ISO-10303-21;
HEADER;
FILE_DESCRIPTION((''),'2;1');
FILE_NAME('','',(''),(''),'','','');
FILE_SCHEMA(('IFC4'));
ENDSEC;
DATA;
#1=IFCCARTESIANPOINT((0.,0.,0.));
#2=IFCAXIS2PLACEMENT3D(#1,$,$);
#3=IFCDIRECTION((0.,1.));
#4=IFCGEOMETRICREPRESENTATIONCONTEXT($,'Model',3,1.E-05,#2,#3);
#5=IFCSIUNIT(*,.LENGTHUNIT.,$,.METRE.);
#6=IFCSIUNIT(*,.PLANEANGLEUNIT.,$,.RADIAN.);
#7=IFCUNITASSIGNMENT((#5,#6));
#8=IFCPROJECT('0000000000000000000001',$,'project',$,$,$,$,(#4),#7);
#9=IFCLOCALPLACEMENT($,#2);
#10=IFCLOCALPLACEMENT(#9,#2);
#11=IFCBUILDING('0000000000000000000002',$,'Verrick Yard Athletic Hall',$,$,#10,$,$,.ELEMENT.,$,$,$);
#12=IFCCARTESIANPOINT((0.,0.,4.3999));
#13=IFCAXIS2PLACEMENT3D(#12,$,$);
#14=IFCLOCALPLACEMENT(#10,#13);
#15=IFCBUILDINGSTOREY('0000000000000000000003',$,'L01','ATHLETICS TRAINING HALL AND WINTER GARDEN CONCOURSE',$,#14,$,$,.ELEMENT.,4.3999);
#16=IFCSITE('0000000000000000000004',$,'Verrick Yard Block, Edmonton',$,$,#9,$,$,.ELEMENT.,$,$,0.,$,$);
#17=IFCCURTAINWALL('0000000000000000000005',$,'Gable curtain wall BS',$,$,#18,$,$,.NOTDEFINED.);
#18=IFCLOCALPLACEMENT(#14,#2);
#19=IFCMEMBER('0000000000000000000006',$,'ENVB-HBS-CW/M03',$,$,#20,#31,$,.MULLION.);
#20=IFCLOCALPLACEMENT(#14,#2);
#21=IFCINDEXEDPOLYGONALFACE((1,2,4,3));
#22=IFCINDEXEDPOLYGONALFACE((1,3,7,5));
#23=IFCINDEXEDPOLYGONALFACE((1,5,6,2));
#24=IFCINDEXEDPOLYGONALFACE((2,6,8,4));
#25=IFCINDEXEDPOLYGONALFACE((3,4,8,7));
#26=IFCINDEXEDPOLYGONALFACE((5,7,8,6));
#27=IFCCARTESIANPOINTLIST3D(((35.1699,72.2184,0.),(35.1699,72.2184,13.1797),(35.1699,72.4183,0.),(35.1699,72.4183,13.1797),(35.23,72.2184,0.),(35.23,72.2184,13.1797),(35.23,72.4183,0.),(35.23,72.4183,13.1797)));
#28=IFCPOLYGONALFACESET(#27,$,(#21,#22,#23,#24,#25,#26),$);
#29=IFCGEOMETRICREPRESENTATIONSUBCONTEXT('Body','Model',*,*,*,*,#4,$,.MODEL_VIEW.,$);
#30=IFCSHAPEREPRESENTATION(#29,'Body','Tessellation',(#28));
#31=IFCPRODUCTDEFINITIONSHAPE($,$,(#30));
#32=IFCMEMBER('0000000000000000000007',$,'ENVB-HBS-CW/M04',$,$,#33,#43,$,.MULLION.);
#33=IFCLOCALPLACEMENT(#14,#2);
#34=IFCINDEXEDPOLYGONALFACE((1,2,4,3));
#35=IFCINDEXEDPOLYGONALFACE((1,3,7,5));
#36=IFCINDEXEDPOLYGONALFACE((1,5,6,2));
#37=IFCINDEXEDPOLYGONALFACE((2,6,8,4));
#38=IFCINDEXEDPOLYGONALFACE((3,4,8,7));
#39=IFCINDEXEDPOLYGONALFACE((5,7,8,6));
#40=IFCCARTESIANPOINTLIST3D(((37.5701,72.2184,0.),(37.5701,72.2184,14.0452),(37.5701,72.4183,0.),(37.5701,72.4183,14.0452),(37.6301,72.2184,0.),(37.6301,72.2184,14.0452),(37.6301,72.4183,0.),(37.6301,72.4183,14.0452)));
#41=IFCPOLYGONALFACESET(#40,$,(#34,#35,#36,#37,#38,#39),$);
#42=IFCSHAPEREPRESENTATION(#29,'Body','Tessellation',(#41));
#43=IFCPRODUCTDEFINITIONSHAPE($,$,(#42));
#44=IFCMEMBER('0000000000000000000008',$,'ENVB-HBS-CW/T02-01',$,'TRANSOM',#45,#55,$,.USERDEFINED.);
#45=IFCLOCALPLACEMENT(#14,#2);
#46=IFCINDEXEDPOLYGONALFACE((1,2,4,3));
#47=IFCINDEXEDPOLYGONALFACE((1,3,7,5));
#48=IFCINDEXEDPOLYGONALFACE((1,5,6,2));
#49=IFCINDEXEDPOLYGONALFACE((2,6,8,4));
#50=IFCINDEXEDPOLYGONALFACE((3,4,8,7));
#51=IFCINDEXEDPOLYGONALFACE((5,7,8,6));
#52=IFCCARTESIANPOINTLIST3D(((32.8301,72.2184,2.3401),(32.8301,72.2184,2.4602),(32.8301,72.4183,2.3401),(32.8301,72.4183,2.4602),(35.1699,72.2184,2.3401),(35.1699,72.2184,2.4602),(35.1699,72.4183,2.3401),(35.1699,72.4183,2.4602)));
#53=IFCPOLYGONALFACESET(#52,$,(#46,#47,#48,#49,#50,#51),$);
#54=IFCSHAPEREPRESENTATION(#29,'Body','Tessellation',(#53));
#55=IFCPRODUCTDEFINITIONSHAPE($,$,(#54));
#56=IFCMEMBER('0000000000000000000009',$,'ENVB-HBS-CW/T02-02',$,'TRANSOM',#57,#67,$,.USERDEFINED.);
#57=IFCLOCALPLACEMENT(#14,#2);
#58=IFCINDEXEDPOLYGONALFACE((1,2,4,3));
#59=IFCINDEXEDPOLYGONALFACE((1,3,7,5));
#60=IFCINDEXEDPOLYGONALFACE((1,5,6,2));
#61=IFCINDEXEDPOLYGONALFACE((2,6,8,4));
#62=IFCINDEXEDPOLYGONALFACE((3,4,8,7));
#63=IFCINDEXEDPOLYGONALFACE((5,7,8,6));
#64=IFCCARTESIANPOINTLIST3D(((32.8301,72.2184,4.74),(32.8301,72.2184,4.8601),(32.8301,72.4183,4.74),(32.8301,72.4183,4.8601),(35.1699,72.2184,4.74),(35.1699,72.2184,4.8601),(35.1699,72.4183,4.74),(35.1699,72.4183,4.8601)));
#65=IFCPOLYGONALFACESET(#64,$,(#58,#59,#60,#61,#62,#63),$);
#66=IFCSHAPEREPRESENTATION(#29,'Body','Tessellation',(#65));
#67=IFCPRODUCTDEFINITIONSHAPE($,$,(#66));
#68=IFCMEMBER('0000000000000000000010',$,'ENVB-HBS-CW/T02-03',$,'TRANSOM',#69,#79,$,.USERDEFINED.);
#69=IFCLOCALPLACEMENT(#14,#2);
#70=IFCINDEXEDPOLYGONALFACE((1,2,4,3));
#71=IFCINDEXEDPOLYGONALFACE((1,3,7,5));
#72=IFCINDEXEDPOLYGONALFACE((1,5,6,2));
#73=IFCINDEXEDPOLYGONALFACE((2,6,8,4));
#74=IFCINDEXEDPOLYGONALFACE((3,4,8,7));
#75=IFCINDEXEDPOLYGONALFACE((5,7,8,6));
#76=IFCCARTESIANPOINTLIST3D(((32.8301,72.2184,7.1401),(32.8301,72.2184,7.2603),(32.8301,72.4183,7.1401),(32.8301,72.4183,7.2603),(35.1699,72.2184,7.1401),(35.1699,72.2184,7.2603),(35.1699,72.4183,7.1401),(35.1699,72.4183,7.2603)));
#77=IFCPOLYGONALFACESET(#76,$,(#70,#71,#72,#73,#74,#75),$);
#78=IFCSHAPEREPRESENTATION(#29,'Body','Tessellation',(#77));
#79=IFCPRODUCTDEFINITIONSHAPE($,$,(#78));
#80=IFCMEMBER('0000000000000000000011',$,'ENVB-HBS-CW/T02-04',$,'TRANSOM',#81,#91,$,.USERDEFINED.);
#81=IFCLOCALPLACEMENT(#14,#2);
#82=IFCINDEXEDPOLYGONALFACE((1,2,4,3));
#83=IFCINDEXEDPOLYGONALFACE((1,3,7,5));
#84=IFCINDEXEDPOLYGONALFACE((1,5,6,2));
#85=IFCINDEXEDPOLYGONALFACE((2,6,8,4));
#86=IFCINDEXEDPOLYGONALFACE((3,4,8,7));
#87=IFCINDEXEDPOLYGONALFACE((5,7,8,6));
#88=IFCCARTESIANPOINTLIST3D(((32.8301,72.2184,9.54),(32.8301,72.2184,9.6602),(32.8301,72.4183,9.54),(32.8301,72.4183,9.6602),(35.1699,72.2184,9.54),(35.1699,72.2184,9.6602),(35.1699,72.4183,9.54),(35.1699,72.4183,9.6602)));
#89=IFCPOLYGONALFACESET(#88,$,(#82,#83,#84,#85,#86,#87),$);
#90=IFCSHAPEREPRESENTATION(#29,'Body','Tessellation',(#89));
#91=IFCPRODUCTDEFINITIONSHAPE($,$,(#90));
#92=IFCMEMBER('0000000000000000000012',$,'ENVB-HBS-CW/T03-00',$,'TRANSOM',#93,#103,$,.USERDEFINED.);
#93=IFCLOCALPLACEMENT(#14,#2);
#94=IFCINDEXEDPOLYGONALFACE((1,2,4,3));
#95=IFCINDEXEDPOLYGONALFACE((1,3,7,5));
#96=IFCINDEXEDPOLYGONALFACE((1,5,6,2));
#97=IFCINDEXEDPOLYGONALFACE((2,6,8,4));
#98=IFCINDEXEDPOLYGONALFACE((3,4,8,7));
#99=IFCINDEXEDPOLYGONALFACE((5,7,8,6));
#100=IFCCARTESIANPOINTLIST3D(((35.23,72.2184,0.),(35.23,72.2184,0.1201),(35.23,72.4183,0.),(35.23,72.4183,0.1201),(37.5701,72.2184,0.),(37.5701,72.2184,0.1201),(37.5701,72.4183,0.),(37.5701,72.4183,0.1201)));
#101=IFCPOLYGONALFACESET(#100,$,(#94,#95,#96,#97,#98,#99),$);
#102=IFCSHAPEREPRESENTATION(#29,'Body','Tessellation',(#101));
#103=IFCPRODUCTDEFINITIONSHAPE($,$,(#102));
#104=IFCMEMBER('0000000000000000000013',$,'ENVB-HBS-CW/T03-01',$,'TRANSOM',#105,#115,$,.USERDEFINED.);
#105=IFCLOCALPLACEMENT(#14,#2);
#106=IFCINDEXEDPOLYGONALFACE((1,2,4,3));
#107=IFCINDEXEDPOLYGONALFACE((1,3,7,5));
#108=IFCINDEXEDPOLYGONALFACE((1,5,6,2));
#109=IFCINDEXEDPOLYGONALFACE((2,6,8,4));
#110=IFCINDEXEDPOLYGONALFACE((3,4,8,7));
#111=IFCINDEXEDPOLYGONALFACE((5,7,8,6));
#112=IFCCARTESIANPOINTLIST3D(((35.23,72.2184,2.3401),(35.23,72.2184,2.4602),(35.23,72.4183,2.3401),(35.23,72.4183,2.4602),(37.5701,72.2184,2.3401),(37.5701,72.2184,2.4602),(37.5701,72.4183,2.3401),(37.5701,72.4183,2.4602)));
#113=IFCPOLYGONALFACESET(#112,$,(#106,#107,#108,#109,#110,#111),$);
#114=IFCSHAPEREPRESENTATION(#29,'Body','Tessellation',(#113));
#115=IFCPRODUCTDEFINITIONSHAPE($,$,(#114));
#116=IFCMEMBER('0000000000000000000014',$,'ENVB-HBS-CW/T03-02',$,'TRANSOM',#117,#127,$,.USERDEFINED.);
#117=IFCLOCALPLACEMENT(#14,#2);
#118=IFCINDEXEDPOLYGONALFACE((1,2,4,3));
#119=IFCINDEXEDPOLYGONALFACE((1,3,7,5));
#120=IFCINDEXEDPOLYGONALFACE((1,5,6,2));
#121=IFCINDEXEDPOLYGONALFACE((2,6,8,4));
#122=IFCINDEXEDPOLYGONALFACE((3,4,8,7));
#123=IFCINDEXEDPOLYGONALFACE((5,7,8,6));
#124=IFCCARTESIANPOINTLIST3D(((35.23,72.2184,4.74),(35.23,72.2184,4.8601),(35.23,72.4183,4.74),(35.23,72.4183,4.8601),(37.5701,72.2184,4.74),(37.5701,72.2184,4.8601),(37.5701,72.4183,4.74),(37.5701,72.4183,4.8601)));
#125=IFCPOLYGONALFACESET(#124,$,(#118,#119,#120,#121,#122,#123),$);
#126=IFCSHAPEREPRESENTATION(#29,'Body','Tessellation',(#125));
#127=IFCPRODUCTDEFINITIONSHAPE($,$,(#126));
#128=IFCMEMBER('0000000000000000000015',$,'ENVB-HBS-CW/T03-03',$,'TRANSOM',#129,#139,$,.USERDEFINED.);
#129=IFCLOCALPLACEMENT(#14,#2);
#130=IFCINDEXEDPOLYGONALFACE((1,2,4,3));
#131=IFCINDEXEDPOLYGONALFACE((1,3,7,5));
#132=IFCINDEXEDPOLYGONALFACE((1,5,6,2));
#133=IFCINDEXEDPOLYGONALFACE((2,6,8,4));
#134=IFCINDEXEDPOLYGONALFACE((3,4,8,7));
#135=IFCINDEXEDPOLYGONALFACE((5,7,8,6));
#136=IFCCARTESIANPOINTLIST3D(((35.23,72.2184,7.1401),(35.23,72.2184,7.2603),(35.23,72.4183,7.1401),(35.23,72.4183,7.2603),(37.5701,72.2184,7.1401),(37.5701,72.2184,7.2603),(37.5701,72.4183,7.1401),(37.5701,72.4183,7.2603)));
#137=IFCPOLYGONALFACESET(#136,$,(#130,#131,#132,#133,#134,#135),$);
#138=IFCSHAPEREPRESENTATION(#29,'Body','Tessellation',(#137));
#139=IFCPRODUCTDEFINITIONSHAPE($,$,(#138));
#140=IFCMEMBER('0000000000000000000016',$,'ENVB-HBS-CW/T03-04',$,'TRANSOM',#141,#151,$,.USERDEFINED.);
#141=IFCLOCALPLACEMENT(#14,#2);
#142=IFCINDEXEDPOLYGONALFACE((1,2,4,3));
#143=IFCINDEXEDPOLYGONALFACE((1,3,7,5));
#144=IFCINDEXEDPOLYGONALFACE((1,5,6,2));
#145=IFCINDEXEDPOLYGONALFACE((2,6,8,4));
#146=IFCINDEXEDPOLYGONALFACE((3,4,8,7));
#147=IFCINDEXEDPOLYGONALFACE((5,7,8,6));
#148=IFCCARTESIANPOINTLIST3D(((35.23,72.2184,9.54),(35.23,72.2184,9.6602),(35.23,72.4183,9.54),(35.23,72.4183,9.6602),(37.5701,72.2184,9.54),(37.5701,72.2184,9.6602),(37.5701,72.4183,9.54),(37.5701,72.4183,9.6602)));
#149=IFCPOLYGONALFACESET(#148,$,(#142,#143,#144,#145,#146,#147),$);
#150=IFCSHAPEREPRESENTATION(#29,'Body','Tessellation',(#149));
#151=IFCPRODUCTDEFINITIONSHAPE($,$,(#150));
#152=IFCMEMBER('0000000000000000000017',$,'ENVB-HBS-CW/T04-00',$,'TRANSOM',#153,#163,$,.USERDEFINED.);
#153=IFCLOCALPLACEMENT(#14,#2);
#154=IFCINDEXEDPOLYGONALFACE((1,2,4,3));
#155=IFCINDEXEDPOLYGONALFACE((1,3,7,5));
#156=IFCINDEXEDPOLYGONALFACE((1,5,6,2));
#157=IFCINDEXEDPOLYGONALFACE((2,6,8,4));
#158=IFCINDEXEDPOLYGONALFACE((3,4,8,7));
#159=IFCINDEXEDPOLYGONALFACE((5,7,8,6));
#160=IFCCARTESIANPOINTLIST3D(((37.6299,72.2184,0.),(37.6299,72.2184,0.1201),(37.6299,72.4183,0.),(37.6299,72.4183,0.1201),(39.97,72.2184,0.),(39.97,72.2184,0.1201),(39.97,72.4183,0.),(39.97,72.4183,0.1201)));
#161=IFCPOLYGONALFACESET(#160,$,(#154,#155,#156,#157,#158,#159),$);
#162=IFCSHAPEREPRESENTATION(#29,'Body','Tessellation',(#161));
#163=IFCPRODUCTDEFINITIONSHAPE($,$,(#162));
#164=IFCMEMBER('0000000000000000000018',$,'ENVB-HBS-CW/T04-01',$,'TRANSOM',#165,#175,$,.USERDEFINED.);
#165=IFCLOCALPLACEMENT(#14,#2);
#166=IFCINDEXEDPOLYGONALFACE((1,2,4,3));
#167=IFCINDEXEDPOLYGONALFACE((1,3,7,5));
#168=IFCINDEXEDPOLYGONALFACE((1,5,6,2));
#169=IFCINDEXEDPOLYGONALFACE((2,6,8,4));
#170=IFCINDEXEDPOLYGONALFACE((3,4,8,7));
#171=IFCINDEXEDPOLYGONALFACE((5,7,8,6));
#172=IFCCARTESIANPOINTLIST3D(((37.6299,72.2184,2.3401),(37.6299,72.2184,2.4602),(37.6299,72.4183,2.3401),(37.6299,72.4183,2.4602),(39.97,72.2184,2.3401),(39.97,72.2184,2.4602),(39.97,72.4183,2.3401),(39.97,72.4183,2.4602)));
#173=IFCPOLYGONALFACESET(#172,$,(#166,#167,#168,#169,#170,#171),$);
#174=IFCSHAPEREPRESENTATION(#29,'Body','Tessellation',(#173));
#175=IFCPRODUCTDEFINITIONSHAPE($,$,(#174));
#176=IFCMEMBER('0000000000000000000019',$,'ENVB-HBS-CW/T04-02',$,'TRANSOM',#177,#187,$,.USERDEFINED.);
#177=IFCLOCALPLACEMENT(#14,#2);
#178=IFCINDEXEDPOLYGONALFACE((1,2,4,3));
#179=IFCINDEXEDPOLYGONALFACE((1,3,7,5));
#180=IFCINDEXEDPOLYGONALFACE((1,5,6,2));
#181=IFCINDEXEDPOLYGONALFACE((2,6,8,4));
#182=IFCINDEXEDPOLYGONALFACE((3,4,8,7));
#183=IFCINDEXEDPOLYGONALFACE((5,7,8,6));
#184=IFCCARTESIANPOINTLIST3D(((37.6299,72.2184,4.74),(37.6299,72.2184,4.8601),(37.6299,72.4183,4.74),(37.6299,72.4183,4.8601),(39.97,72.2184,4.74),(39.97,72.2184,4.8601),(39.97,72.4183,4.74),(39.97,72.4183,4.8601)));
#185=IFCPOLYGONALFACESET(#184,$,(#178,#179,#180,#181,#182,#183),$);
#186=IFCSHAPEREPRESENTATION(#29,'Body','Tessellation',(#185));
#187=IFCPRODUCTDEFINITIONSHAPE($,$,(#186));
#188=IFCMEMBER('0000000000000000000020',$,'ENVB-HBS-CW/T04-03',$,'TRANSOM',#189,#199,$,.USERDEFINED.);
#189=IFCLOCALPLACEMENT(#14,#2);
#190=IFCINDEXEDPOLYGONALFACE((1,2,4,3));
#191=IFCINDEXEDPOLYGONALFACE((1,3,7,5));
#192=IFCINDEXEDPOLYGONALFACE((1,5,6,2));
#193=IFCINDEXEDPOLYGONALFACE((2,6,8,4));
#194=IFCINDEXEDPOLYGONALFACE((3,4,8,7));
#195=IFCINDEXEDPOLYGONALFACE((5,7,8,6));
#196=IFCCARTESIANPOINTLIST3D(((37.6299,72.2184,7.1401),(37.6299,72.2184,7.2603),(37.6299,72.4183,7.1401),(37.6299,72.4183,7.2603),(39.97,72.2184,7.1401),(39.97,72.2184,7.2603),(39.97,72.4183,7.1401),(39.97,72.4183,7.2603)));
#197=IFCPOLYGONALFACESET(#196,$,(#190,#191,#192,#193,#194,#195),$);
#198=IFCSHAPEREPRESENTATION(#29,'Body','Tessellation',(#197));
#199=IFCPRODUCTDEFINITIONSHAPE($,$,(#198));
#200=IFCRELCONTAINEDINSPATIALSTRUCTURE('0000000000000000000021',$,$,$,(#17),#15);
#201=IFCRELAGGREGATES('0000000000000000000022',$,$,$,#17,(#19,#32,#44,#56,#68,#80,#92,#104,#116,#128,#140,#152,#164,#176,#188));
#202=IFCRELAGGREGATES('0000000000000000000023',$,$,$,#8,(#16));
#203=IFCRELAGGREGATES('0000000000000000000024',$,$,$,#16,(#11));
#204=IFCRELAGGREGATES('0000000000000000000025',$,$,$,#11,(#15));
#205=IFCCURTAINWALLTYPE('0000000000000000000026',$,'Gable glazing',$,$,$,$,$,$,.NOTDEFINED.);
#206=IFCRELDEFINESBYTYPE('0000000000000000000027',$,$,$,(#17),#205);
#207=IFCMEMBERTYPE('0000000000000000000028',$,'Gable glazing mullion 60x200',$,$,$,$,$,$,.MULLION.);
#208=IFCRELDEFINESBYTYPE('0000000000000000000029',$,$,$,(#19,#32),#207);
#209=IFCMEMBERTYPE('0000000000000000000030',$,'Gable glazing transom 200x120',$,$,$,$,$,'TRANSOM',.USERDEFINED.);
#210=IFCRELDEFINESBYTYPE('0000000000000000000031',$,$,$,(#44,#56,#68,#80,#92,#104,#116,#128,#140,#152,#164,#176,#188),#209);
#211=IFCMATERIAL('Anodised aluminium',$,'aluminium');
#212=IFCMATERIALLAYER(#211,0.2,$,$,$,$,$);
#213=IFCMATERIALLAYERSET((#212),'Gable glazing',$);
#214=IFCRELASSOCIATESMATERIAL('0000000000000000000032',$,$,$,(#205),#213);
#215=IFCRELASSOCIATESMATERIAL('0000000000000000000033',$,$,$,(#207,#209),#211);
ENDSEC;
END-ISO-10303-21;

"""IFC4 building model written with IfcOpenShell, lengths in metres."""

from ifc_helpers import new_model, si_unit, direction, frame, origin, origin_2d, place, context, subcontext, project, spatial, rectangle, extrude, material, layer, layer_set, material_profile, profile_set, type_object, element, aggregate, save


model = new_model("IFC4")

# Units and contexts
model_context = context("Model", 3, precision=1e-05, world=origin(), true_north=direction((0.0, 1.0)))
body_context = subcontext(model_context, "Body", "Model", "MODEL_VIEW")
ifc_project = project(units=[si_unit("LENGTHUNIT", "METRE"), si_unit("PLANEANGLEUNIT", "RADIAN")], contexts=[model_context])

# Site, building, storey
site_placement = place(None, origin())
site = spatial("IfcSite", under=ifc_project, at=site_placement, Name="Verrick Yard Block, Edmonton", CompositionType="ELEMENT", RefElevation=0.0)
building_placement = place(site_placement, origin())
building = spatial("IfcBuilding", under=site, at=building_placement, Name="Verrick Yard Athletic Hall", CompositionType="ELEMENT")
storey_placement = place(building_placement, frame((0.0, 0.0, 4.3999)))
storey = spatial("IfcBuildingStorey", under=building, at=storey_placement, Name="L01", Description="ATHLETICS TRAINING HALL AND WINTER GARDEN CONCOURSE", CompositionType="ELEMENT", Elevation=4.3999)

# Curtain wall, members
ifc_material_1 = material(Name="Anodised aluminium", Category="aluminium")
ifc_layer_1 = layer(ifc_material_1, 0.2)
ifc_layer_set_1 = layer_set([ifc_layer_1], Name="Gable glazing")
curtain_wall_type = type_object("IfcCurtainWallType", Name="Gable glazing", PredefinedType="NOTDEFINED", material=ifc_layer_set_1)
curtain_wall_placement = place(storey_placement, origin())
curtain_wall = element("IfcCurtainWall", 1, at=curtain_wall_placement, inside=storey, type_object=curtain_wall_type, Name="Gable curtain wall BS", PredefinedType="NOTDEFINED")
ifc_material_profile_1 = material_profile(ifc_material_1, rectangle(XDim=0.2, YDim=0.0601, at=origin_2d()), Name="CW gable mullion 60x200")
ifc_profile_set_1 = profile_set([ifc_material_profile_1], Name="Anodised aluminium")
member_type_1 = type_object("IfcMemberType", Name="Gable glazing mullion 60x200", PredefinedType="MULLION", material=ifc_profile_set_1)
member_1_placement = place(storey_placement, frame((35.2, 72.3184, 0.0), z_axis=(0.0, 0.0, 1.0), x_axis=(0.0, 1.0, 0.0)))
member_1 = element("IfcMember", 2, at=member_1_placement, type_object=member_type_1, Name="ENVB-HBS-CW/M03", PredefinedType="MULLION", context=body_context, shape_type="SweptSolid", body=[
    extrude(rectangle(XDim=0.2, YDim=0.0601, at=origin_2d()), origin(), (0.0, 0.0, 1.0), 13.1797),
])
member_2_placement = place(storey_placement, frame((37.6001, 72.3184, 0.0), z_axis=(0.0, 0.0, 1.0), x_axis=(0.0, 1.0, 0.0)))
member_2 = element("IfcMember", 3, at=member_2_placement, type_object=member_type_1, Name="ENVB-HBS-CW/M04", PredefinedType="MULLION", context=body_context, shape_type="SweptSolid", body=[
    extrude(rectangle(XDim=0.2, YDim=0.0601, at=origin_2d()), origin(), (0.0, 0.0, 1.0), 14.0452),
])
ifc_material_profile_2 = material_profile(ifc_material_1, rectangle(XDim=0.2, YDim=0.1201, at=origin_2d()), Name="CW gable transom 200x120")
ifc_profile_set_2 = profile_set([ifc_material_profile_2], Name="Anodised aluminium")
member_type_2 = type_object("IfcMemberType", Name="Gable glazing transom 200x120", ElementType="TRANSOM", PredefinedType="USERDEFINED", material=ifc_profile_set_2)
member_3_placement = place(storey_placement, frame((32.8301, 72.3184, 2.4001), z_axis=(1.0, 0.0, 0.0), x_axis=(0.0, 1.0, 0.0)))
member_3 = element("IfcMember", 4, at=member_3_placement, type_object=member_type_2, Name="ENVB-HBS-CW/T02-01", ObjectType="TRANSOM", PredefinedType="USERDEFINED", context=body_context, shape_type="SweptSolid", body=[
    extrude(rectangle(XDim=0.2, YDim=0.1201, at=origin_2d()), origin(), (0.0, 0.0, 1.0), 2.3398),
])
member_4_placement = place(storey_placement, frame((32.8301, 72.3184, 4.8), z_axis=(1.0, 0.0, 0.0), x_axis=(0.0, 1.0, 0.0)))
member_4 = element("IfcMember", 5, at=member_4_placement, type_object=member_type_2, Name="ENVB-HBS-CW/T02-02", ObjectType="TRANSOM", PredefinedType="USERDEFINED", context=body_context, shape_type="SweptSolid", body=[
    extrude(rectangle(XDim=0.2, YDim=0.1201, at=origin_2d()), origin(), (0.0, 0.0, 1.0), 2.3398),
])
member_5_placement = place(storey_placement, frame((32.8301, 72.3184, 7.2002), z_axis=(1.0, 0.0, 0.0), x_axis=(0.0, 1.0, 0.0)))
member_5 = element("IfcMember", 6, at=member_5_placement, type_object=member_type_2, Name="ENVB-HBS-CW/T02-03", ObjectType="TRANSOM", PredefinedType="USERDEFINED", context=body_context, shape_type="SweptSolid", body=[
    extrude(rectangle(XDim=0.2, YDim=0.1201, at=origin_2d()), origin(), (0.0, 0.0, 1.0), 2.3398),
])
member_6_placement = place(storey_placement, frame((32.8301, 72.3184, 9.6001), z_axis=(1.0, 0.0, 0.0), x_axis=(0.0, 1.0, 0.0)))
member_6 = element("IfcMember", 7, at=member_6_placement, type_object=member_type_2, Name="ENVB-HBS-CW/T02-04", ObjectType="TRANSOM", PredefinedType="USERDEFINED", context=body_context, shape_type="SweptSolid", body=[
    extrude(rectangle(XDim=0.2, YDim=0.1201, at=origin_2d()), origin(), (0.0, 0.0, 1.0), 2.3398),
])
member_7_placement = place(storey_placement, frame((35.23, 72.3184, 0.0601), z_axis=(1.0, 0.0, 0.0), x_axis=(0.0, 1.0, 0.0)))
member_7 = element("IfcMember", 8, at=member_7_placement, type_object=member_type_2, Name="ENVB-HBS-CW/T03-00", ObjectType="TRANSOM", PredefinedType="USERDEFINED", context=body_context, shape_type="SweptSolid", body=[
    extrude(rectangle(XDim=0.2, YDim=0.1201, at=origin_2d()), origin(), (0.0, 0.0, 1.0), 2.3401),
])
member_8_placement = place(storey_placement, frame((35.23, 72.3184, 2.4001), z_axis=(1.0, 0.0, 0.0), x_axis=(0.0, 1.0, 0.0)))
member_8 = element("IfcMember", 9, at=member_8_placement, type_object=member_type_2, Name="ENVB-HBS-CW/T03-01", ObjectType="TRANSOM", PredefinedType="USERDEFINED", context=body_context, shape_type="SweptSolid", body=[
    extrude(rectangle(XDim=0.2, YDim=0.1201, at=origin_2d()), origin(), (0.0, 0.0, 1.0), 2.3401),
])
member_9_placement = place(storey_placement, frame((35.23, 72.3184, 4.8), z_axis=(1.0, 0.0, 0.0), x_axis=(0.0, 1.0, 0.0)))
member_9 = element("IfcMember", 10, at=member_9_placement, type_object=member_type_2, Name="ENVB-HBS-CW/T03-02", ObjectType="TRANSOM", PredefinedType="USERDEFINED", context=body_context, shape_type="SweptSolid", body=[
    extrude(rectangle(XDim=0.2, YDim=0.1201, at=origin_2d()), origin(), (0.0, 0.0, 1.0), 2.3401),
])
member_10_placement = place(storey_placement, frame((35.23, 72.3184, 7.2002), z_axis=(1.0, 0.0, 0.0), x_axis=(0.0, 1.0, 0.0)))
member_10 = element("IfcMember", 11, at=member_10_placement, type_object=member_type_2, Name="ENVB-HBS-CW/T03-03", ObjectType="TRANSOM", PredefinedType="USERDEFINED", context=body_context, shape_type="SweptSolid", body=[
    extrude(rectangle(XDim=0.2, YDim=0.1201, at=origin_2d()), origin(), (0.0, 0.0, 1.0), 2.3401),
])
member_11_placement = place(storey_placement, frame((35.23, 72.3184, 9.6001), z_axis=(1.0, 0.0, 0.0), x_axis=(0.0, 1.0, 0.0)))
member_11 = element("IfcMember", 12, at=member_11_placement, type_object=member_type_2, Name="ENVB-HBS-CW/T03-04", ObjectType="TRANSOM", PredefinedType="USERDEFINED", context=body_context, shape_type="SweptSolid", body=[
    extrude(rectangle(XDim=0.2, YDim=0.1201, at=origin_2d()), origin(), (0.0, 0.0, 1.0), 2.3401),
])
member_12_placement = place(storey_placement, frame((37.6299, 72.3184, 0.0601), z_axis=(1.0, 0.0, 0.0), x_axis=(0.0, 1.0, 0.0)))
member_12 = element("IfcMember", 13, at=member_12_placement, type_object=member_type_2, Name="ENVB-HBS-CW/T04-00", ObjectType="TRANSOM", PredefinedType="USERDEFINED", context=body_context, shape_type="SweptSolid", body=[
    extrude(rectangle(XDim=0.2, YDim=0.1201, at=origin_2d()), origin(), (0.0, 0.0, 1.0), 2.3401),
])
member_13_placement = place(storey_placement, frame((37.6299, 72.3184, 2.4001), z_axis=(1.0, 0.0, 0.0), x_axis=(0.0, 1.0, 0.0)))
member_13 = element("IfcMember", 14, at=member_13_placement, type_object=member_type_2, Name="ENVB-HBS-CW/T04-01", ObjectType="TRANSOM", PredefinedType="USERDEFINED", context=body_context, shape_type="SweptSolid", body=[
    extrude(rectangle(XDim=0.2, YDim=0.1201, at=origin_2d()), origin(), (0.0, 0.0, 1.0), 2.3401),
])
member_14_placement = place(storey_placement, frame((37.6299, 72.3184, 4.8), z_axis=(1.0, 0.0, 0.0), x_axis=(0.0, 1.0, 0.0)))
member_14 = element("IfcMember", 15, at=member_14_placement, type_object=member_type_2, Name="ENVB-HBS-CW/T04-02", ObjectType="TRANSOM", PredefinedType="USERDEFINED", context=body_context, shape_type="SweptSolid", body=[
    extrude(rectangle(XDim=0.2, YDim=0.1201, at=origin_2d()), origin(), (0.0, 0.0, 1.0), 2.3401),
])
member_15_placement = place(storey_placement, frame((37.6299, 72.3184, 7.2002), z_axis=(1.0, 0.0, 0.0), x_axis=(0.0, 1.0, 0.0)))
member_15 = element("IfcMember", 16, at=member_15_placement, type_object=member_type_2, Name="ENVB-HBS-CW/T04-03", ObjectType="TRANSOM", PredefinedType="USERDEFINED", context=body_context, shape_type="SweptSolid", body=[
    extrude(rectangle(XDim=0.2, YDim=0.1201, at=origin_2d()), origin(), (0.0, 0.0, 1.0), 2.3401),
])
aggregate(curtain_wall, [member_1, member_2, member_3, member_4, member_5, member_6, member_7, member_8, member_9, member_10, member_11, member_12, member_13, member_14, member_15])

save(model, "model.ifc")
